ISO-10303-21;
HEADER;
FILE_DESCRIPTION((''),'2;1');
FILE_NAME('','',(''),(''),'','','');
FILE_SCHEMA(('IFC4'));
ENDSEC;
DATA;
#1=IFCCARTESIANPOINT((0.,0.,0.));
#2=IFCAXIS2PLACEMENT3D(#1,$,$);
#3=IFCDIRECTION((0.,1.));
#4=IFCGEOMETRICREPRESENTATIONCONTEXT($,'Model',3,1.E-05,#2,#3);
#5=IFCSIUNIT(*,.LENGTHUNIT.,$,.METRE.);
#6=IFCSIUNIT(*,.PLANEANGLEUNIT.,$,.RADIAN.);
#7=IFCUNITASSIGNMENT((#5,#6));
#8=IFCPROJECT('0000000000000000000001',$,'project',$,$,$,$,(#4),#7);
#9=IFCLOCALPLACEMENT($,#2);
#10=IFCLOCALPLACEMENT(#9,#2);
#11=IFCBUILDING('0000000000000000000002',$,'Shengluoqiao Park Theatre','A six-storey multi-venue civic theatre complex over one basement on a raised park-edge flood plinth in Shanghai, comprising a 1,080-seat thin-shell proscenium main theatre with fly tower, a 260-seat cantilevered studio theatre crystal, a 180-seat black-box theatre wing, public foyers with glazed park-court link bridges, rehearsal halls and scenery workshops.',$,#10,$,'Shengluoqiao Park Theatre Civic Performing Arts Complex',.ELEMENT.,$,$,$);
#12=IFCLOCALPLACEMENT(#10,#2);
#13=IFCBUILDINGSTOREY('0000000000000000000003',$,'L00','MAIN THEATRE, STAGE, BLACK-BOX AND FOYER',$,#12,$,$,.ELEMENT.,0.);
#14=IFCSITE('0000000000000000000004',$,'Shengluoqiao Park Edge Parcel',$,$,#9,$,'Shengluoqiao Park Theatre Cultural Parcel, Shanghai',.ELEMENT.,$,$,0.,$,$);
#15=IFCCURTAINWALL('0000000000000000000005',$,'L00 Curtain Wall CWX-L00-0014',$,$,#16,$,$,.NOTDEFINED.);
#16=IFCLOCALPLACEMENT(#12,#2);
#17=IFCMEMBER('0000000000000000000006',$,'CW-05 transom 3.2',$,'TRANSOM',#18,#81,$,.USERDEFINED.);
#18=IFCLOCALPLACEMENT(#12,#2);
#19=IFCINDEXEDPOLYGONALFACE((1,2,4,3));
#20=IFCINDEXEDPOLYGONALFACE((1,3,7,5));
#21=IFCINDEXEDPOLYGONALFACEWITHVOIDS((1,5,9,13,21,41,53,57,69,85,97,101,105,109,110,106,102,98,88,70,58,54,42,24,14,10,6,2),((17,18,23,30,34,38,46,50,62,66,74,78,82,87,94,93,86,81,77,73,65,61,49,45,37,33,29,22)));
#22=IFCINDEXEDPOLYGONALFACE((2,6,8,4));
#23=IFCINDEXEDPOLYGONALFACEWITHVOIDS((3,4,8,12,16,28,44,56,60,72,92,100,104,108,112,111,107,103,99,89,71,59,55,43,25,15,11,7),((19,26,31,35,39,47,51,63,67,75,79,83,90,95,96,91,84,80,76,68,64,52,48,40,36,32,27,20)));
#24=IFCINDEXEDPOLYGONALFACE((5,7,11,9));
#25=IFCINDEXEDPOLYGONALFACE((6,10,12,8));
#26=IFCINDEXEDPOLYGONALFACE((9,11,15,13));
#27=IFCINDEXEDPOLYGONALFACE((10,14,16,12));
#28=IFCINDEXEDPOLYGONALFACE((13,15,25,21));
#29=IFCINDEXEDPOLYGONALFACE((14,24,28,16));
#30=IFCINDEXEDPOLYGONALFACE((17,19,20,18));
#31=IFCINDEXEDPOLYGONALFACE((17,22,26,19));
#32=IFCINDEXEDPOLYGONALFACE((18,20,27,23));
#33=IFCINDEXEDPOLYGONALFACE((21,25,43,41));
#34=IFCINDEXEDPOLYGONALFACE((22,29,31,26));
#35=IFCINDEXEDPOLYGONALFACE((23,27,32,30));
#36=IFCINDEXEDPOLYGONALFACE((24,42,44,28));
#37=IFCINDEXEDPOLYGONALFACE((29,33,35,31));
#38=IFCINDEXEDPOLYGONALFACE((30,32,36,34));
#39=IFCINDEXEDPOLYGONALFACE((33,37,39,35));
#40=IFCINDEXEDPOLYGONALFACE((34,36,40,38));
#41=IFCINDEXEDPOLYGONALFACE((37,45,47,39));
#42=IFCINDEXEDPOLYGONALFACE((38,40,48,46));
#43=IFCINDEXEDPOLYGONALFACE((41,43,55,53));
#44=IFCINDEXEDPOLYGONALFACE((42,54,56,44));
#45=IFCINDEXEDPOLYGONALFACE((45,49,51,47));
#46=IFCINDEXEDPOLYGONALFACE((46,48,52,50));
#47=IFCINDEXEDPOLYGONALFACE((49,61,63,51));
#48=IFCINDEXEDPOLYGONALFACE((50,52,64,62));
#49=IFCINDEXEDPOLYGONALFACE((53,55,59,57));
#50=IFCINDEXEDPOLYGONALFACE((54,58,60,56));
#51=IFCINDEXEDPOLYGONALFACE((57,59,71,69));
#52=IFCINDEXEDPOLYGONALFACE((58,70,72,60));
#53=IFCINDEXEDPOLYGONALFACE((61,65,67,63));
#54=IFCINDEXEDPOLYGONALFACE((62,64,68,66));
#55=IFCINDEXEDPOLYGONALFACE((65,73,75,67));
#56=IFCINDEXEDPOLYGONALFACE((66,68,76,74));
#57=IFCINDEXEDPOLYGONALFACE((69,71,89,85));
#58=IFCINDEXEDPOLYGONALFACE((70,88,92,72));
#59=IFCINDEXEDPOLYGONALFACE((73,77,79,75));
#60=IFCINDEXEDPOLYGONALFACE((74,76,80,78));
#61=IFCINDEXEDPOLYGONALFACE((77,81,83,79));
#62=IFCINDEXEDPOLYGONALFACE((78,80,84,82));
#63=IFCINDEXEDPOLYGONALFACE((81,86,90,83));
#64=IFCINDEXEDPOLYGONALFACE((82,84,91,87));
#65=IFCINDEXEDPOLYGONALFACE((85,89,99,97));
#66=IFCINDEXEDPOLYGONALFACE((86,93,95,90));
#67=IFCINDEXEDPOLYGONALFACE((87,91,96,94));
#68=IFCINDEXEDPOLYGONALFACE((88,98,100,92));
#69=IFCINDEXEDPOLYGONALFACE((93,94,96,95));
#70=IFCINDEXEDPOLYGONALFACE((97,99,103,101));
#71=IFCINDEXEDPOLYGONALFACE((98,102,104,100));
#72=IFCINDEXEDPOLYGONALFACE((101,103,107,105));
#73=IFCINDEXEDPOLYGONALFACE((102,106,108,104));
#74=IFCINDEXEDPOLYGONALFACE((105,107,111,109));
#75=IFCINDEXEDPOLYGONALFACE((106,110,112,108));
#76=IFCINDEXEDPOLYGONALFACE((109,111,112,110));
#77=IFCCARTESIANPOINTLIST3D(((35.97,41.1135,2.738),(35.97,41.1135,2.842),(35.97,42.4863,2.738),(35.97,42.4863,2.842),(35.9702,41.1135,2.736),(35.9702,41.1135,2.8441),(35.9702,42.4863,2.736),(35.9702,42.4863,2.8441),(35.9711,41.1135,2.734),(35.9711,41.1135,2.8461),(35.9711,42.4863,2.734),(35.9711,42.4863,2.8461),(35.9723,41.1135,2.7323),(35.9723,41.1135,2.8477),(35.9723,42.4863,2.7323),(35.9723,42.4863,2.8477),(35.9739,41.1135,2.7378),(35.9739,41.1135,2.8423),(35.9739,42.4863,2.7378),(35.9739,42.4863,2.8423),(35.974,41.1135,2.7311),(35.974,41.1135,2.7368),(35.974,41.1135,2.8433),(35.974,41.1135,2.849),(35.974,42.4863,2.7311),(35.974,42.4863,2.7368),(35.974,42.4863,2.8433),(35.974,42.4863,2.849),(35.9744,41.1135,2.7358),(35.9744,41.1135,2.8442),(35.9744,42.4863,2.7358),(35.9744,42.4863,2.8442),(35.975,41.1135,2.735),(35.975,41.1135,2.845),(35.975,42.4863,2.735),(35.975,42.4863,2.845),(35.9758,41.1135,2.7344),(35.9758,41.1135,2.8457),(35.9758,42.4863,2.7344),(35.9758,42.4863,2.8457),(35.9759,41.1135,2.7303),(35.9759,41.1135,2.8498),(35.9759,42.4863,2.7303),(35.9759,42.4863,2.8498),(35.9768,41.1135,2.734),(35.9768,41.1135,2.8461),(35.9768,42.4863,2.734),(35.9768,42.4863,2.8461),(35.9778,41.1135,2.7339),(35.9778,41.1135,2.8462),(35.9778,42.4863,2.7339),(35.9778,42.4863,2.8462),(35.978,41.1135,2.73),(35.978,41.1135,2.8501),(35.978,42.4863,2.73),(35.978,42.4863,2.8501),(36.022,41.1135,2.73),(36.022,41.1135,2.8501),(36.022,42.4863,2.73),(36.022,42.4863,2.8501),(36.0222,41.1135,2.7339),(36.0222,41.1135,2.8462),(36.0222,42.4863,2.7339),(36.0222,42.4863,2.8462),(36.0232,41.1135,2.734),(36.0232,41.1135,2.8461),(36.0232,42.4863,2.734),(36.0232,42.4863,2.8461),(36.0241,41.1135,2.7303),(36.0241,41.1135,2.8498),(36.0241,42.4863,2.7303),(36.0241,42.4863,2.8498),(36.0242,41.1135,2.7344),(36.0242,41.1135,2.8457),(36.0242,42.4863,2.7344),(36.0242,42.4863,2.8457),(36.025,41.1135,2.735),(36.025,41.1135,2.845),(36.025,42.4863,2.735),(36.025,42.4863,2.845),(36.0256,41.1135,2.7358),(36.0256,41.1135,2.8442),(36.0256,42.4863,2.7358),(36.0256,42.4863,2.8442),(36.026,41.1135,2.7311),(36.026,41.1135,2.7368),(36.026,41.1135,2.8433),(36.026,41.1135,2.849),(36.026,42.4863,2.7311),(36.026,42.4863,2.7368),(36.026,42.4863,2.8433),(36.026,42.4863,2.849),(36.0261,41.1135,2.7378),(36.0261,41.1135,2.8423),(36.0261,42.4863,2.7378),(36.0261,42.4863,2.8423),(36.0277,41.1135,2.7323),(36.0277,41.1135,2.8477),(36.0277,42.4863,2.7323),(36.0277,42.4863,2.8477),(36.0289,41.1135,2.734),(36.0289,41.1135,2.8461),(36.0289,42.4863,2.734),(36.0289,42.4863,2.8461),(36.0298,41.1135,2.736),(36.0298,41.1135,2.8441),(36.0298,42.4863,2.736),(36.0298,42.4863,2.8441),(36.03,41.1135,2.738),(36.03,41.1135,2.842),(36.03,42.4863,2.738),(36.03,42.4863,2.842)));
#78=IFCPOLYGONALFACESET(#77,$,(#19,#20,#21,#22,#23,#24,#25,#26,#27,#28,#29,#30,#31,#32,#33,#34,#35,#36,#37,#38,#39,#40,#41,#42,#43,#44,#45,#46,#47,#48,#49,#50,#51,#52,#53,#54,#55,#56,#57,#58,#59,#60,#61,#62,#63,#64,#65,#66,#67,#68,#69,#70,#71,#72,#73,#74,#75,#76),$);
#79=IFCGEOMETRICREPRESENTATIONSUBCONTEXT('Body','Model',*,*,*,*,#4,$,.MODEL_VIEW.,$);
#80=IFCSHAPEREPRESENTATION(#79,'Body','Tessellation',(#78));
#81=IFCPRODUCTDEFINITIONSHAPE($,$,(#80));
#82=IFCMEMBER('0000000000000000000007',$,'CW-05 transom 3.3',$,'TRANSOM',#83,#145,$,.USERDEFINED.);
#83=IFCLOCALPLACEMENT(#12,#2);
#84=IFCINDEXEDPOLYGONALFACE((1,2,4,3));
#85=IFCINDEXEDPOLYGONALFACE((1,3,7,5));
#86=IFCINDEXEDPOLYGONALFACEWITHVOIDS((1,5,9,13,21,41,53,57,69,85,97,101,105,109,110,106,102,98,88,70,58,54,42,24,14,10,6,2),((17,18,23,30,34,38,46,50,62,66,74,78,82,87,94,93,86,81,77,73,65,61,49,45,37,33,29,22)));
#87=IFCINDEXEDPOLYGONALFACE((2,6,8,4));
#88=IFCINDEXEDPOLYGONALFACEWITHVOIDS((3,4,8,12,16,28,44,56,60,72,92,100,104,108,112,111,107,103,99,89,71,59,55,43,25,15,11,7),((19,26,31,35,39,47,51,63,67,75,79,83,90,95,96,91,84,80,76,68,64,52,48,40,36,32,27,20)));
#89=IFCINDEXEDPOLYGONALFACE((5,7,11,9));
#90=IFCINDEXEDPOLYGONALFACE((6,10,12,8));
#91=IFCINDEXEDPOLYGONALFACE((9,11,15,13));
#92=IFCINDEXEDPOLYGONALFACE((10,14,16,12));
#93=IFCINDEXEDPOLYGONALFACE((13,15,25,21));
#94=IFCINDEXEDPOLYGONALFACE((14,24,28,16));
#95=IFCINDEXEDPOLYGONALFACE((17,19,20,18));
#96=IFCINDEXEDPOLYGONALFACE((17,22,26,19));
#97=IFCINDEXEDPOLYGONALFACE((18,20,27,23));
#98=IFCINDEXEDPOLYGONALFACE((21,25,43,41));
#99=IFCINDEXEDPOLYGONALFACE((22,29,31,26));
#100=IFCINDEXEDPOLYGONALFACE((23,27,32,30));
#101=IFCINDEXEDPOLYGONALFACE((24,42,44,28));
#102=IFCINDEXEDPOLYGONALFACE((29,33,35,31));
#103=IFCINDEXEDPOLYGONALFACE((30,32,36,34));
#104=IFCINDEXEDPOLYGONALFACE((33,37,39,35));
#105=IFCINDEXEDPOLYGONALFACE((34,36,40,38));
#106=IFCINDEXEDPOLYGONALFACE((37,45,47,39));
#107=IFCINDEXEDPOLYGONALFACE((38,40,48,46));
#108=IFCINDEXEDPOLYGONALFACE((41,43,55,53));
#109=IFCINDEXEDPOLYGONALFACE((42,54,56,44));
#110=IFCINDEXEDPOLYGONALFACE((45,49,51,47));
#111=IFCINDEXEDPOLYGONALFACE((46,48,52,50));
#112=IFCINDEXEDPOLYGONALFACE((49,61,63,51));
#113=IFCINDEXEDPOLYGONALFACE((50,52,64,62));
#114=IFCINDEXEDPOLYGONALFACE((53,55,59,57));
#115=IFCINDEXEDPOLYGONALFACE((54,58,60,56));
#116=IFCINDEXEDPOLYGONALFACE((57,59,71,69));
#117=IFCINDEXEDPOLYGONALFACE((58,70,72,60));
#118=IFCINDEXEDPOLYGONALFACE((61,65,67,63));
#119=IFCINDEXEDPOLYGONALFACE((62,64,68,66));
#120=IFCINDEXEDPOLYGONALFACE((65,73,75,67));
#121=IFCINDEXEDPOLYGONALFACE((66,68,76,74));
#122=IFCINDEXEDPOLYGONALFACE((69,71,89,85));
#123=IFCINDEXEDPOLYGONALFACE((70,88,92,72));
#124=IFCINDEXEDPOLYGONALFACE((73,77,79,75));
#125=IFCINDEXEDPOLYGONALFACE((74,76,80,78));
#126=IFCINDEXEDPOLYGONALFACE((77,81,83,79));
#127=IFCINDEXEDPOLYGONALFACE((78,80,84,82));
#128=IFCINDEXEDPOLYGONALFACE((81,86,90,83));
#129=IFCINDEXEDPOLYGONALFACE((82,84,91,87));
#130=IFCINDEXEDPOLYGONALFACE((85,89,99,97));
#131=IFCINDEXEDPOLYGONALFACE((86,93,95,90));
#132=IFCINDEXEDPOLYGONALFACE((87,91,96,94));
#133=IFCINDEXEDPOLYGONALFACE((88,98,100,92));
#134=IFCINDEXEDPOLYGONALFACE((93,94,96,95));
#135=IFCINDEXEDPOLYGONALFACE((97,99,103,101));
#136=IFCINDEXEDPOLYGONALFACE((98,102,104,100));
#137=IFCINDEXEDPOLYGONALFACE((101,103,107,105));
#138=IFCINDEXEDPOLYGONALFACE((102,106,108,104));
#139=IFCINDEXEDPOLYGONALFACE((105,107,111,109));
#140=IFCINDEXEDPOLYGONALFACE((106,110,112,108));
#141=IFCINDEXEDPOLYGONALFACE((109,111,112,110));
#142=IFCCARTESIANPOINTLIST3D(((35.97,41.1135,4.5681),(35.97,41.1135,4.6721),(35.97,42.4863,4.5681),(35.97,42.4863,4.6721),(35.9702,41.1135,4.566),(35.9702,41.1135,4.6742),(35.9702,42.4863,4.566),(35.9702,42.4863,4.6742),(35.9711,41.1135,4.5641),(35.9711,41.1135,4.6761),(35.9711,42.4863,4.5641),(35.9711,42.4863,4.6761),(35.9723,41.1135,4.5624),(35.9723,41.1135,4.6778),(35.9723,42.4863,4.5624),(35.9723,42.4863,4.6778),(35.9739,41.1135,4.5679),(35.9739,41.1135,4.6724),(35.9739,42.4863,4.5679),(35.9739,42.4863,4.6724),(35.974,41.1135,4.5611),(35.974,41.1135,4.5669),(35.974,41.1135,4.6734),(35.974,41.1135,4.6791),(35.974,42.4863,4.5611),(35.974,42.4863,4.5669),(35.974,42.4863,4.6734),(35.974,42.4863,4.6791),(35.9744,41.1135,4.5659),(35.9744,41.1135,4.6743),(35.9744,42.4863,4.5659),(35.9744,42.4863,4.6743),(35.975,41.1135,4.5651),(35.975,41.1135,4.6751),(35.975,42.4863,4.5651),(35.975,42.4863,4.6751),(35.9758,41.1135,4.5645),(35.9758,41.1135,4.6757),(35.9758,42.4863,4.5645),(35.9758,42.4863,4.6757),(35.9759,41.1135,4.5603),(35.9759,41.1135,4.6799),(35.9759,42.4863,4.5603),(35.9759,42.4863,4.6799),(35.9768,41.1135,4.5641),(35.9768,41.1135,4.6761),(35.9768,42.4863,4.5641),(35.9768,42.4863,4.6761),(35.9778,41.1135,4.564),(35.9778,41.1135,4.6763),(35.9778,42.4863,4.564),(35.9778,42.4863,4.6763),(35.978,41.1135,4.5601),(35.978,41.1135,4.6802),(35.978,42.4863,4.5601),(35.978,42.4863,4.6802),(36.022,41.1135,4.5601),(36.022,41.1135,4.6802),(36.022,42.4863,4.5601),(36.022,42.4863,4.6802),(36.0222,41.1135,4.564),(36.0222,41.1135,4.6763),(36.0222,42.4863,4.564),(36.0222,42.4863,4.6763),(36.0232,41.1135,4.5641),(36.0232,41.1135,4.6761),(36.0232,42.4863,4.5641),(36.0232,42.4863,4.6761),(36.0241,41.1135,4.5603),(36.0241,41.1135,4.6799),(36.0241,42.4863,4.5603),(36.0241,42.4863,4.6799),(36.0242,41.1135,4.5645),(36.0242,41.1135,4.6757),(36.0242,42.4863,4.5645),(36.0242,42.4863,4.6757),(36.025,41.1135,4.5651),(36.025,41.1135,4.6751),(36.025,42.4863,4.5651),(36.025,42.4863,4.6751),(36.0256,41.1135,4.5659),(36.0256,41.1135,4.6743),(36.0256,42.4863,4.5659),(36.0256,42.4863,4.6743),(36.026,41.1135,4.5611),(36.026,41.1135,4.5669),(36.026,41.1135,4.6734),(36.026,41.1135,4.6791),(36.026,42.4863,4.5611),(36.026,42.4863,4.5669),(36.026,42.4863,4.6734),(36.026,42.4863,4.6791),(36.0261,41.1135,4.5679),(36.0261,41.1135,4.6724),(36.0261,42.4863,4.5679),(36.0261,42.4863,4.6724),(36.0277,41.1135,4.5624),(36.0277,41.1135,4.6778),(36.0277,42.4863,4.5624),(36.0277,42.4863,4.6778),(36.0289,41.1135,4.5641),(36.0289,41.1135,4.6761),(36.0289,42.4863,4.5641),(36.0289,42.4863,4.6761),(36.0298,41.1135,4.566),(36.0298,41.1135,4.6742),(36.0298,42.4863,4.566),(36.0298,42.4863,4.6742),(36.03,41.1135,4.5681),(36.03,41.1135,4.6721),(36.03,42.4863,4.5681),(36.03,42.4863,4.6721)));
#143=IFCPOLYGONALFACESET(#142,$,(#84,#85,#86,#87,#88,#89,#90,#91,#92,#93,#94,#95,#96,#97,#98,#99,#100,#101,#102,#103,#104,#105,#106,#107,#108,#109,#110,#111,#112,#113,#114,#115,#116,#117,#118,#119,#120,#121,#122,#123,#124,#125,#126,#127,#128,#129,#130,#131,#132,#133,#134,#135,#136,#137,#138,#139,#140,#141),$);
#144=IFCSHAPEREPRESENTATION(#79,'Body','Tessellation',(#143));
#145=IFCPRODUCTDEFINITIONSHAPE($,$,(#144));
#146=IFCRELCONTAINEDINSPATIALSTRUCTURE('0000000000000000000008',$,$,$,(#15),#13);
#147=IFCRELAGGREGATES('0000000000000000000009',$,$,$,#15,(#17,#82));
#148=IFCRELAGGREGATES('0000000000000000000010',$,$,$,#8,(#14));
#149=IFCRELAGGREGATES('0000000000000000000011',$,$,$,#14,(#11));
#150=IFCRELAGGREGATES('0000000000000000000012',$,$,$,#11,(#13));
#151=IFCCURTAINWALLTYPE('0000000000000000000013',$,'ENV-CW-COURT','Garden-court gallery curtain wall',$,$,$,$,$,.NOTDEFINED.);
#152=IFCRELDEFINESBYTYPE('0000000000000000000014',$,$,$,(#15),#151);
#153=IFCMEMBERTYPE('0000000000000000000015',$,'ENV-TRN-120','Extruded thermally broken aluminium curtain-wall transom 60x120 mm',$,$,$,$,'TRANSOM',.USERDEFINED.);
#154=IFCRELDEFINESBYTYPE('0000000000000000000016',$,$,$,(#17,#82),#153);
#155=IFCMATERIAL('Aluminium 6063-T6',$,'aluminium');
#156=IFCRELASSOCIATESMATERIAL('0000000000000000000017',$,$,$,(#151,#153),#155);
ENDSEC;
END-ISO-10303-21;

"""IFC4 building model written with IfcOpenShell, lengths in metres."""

from ifc_helpers import new_model, si_unit, direction, frame, origin, origin_2d, place, context, subcontext, project, spatial, hollow_rectangle, extrude, material, material_profile, profile_set, type_object, element, aggregate, save


model = new_model("IFC4")

# Units and contexts
model_context = context("Model", 3, precision=1e-05, world=origin(), true_north=direction((0.0, 1.0)))
body_context = subcontext(model_context, "Body", "Model", "MODEL_VIEW")
ifc_project = project(units=[si_unit("LENGTHUNIT", "METRE"), si_unit("PLANEANGLEUNIT", "RADIAN")], contexts=[model_context])

# Site, building, storey
site_placement = place(None, origin())
site = spatial("IfcSite", under=ifc_project, at=site_placement, Name="Shengluoqiao Park Edge Parcel", LongName="Shengluoqiao Park Theatre Cultural Parcel, Shanghai", CompositionType="ELEMENT", RefElevation=0.0)
building_placement = place(site_placement, origin())
building = spatial("IfcBuilding", under=site, at=building_placement, Name="Shengluoqiao Park Theatre", Description="A six-storey multi-venue civic theatre complex over one basement on a raised park-edge flood plinth in Shanghai, comprising a 1,080-seat thin-shell proscenium main theatre with fly tower, a 260-seat cantilevered studio theatre crystal, a 180-seat black-box theatre wing, public foyers with glazed park-court link bridges, rehearsal halls and scenery workshops.", LongName="Shengluoqiao Park Theatre Civic Performing Arts Complex", CompositionType="ELEMENT")
storey_placement = place(building_placement, origin())
storey = spatial("IfcBuildingStorey", under=building, at=storey_placement, Name="L00", Description="MAIN THEATRE, STAGE, BLACK-BOX AND FOYER", CompositionType="ELEMENT", Elevation=0.0)

# Curtain wall, members
ifc_material_1 = material(Name="Aluminium 6063-T6", Category="aluminium")
curtain_wall_type = type_object("IfcCurtainWallType", Name="ENV-CW-COURT", Description="Garden-court gallery curtain wall", PredefinedType="NOTDEFINED", material=ifc_material_1)
curtain_wall_placement = place(storey_placement, origin())
curtain_wall = element("IfcCurtainWall", 1, at=curtain_wall_placement, inside=storey, type_object=curtain_wall_type, Name="L00 Curtain Wall CWX-L00-0014", PredefinedType="NOTDEFINED")
ifc_material_profile_1 = material_profile(ifc_material_1, hollow_rectangle(XDim=0.0601, YDim=0.1201, WallThickness=0.0039, InnerFilletRadius=0.0039, OuterFilletRadius=0.0081, at=origin_2d()), Name="ALU TRANSOM 120x60x4")
ifc_profile_set_1 = profile_set([ifc_material_profile_1], Name="Aluminium 6063-T6")
member_type_1 = type_object("IfcMemberType", Name="ENV-TRN-120", Description="Extruded thermally broken aluminium curtain-wall transom 60x120 mm", ElementType="TRANSOM", PredefinedType="USERDEFINED", material=ifc_profile_set_1)
member_1_placement = place(storey_placement, frame((36.0, 41.1135, 2.79), z_axis=(0.0, 1.0, 0.0), x_axis=(-1.0, 0.0, 0.0)))
member_1 = element("IfcMember", 2, at=member_1_placement, type_object=member_type_1, Name="CW-05 transom 3.2", ObjectType="TRANSOM", PredefinedType="USERDEFINED", context=body_context, shape_type="SweptSolid", body=[
    extrude(hollow_rectangle(XDim=0.0601, YDim=0.1201, WallThickness=0.0039, InnerFilletRadius=0.0039, OuterFilletRadius=0.0081, at=origin_2d()), origin(), (0.0, 0.0, 1.0), 1.3728),
])
member_2_placement = place(storey_placement, frame((36.0, 41.1135, 4.6201), z_axis=(0.0, 1.0, 0.0), x_axis=(-1.0, 0.0, 0.0)))
member_2 = element("IfcMember", 3, at=member_2_placement, type_object=member_type_1, Name="CW-05 transom 3.3", ObjectType="TRANSOM", PredefinedType="USERDEFINED", context=body_context, shape_type="SweptSolid", body=[
    extrude(hollow_rectangle(XDim=0.0601, YDim=0.1201, WallThickness=0.0039, InnerFilletRadius=0.0039, OuterFilletRadius=0.0081, at=origin_2d()), origin(), (0.0, 0.0, 1.0), 1.3728),
])
aggregate(curtain_wall, [member_1, member_2])

save(model, "model.ifc")
